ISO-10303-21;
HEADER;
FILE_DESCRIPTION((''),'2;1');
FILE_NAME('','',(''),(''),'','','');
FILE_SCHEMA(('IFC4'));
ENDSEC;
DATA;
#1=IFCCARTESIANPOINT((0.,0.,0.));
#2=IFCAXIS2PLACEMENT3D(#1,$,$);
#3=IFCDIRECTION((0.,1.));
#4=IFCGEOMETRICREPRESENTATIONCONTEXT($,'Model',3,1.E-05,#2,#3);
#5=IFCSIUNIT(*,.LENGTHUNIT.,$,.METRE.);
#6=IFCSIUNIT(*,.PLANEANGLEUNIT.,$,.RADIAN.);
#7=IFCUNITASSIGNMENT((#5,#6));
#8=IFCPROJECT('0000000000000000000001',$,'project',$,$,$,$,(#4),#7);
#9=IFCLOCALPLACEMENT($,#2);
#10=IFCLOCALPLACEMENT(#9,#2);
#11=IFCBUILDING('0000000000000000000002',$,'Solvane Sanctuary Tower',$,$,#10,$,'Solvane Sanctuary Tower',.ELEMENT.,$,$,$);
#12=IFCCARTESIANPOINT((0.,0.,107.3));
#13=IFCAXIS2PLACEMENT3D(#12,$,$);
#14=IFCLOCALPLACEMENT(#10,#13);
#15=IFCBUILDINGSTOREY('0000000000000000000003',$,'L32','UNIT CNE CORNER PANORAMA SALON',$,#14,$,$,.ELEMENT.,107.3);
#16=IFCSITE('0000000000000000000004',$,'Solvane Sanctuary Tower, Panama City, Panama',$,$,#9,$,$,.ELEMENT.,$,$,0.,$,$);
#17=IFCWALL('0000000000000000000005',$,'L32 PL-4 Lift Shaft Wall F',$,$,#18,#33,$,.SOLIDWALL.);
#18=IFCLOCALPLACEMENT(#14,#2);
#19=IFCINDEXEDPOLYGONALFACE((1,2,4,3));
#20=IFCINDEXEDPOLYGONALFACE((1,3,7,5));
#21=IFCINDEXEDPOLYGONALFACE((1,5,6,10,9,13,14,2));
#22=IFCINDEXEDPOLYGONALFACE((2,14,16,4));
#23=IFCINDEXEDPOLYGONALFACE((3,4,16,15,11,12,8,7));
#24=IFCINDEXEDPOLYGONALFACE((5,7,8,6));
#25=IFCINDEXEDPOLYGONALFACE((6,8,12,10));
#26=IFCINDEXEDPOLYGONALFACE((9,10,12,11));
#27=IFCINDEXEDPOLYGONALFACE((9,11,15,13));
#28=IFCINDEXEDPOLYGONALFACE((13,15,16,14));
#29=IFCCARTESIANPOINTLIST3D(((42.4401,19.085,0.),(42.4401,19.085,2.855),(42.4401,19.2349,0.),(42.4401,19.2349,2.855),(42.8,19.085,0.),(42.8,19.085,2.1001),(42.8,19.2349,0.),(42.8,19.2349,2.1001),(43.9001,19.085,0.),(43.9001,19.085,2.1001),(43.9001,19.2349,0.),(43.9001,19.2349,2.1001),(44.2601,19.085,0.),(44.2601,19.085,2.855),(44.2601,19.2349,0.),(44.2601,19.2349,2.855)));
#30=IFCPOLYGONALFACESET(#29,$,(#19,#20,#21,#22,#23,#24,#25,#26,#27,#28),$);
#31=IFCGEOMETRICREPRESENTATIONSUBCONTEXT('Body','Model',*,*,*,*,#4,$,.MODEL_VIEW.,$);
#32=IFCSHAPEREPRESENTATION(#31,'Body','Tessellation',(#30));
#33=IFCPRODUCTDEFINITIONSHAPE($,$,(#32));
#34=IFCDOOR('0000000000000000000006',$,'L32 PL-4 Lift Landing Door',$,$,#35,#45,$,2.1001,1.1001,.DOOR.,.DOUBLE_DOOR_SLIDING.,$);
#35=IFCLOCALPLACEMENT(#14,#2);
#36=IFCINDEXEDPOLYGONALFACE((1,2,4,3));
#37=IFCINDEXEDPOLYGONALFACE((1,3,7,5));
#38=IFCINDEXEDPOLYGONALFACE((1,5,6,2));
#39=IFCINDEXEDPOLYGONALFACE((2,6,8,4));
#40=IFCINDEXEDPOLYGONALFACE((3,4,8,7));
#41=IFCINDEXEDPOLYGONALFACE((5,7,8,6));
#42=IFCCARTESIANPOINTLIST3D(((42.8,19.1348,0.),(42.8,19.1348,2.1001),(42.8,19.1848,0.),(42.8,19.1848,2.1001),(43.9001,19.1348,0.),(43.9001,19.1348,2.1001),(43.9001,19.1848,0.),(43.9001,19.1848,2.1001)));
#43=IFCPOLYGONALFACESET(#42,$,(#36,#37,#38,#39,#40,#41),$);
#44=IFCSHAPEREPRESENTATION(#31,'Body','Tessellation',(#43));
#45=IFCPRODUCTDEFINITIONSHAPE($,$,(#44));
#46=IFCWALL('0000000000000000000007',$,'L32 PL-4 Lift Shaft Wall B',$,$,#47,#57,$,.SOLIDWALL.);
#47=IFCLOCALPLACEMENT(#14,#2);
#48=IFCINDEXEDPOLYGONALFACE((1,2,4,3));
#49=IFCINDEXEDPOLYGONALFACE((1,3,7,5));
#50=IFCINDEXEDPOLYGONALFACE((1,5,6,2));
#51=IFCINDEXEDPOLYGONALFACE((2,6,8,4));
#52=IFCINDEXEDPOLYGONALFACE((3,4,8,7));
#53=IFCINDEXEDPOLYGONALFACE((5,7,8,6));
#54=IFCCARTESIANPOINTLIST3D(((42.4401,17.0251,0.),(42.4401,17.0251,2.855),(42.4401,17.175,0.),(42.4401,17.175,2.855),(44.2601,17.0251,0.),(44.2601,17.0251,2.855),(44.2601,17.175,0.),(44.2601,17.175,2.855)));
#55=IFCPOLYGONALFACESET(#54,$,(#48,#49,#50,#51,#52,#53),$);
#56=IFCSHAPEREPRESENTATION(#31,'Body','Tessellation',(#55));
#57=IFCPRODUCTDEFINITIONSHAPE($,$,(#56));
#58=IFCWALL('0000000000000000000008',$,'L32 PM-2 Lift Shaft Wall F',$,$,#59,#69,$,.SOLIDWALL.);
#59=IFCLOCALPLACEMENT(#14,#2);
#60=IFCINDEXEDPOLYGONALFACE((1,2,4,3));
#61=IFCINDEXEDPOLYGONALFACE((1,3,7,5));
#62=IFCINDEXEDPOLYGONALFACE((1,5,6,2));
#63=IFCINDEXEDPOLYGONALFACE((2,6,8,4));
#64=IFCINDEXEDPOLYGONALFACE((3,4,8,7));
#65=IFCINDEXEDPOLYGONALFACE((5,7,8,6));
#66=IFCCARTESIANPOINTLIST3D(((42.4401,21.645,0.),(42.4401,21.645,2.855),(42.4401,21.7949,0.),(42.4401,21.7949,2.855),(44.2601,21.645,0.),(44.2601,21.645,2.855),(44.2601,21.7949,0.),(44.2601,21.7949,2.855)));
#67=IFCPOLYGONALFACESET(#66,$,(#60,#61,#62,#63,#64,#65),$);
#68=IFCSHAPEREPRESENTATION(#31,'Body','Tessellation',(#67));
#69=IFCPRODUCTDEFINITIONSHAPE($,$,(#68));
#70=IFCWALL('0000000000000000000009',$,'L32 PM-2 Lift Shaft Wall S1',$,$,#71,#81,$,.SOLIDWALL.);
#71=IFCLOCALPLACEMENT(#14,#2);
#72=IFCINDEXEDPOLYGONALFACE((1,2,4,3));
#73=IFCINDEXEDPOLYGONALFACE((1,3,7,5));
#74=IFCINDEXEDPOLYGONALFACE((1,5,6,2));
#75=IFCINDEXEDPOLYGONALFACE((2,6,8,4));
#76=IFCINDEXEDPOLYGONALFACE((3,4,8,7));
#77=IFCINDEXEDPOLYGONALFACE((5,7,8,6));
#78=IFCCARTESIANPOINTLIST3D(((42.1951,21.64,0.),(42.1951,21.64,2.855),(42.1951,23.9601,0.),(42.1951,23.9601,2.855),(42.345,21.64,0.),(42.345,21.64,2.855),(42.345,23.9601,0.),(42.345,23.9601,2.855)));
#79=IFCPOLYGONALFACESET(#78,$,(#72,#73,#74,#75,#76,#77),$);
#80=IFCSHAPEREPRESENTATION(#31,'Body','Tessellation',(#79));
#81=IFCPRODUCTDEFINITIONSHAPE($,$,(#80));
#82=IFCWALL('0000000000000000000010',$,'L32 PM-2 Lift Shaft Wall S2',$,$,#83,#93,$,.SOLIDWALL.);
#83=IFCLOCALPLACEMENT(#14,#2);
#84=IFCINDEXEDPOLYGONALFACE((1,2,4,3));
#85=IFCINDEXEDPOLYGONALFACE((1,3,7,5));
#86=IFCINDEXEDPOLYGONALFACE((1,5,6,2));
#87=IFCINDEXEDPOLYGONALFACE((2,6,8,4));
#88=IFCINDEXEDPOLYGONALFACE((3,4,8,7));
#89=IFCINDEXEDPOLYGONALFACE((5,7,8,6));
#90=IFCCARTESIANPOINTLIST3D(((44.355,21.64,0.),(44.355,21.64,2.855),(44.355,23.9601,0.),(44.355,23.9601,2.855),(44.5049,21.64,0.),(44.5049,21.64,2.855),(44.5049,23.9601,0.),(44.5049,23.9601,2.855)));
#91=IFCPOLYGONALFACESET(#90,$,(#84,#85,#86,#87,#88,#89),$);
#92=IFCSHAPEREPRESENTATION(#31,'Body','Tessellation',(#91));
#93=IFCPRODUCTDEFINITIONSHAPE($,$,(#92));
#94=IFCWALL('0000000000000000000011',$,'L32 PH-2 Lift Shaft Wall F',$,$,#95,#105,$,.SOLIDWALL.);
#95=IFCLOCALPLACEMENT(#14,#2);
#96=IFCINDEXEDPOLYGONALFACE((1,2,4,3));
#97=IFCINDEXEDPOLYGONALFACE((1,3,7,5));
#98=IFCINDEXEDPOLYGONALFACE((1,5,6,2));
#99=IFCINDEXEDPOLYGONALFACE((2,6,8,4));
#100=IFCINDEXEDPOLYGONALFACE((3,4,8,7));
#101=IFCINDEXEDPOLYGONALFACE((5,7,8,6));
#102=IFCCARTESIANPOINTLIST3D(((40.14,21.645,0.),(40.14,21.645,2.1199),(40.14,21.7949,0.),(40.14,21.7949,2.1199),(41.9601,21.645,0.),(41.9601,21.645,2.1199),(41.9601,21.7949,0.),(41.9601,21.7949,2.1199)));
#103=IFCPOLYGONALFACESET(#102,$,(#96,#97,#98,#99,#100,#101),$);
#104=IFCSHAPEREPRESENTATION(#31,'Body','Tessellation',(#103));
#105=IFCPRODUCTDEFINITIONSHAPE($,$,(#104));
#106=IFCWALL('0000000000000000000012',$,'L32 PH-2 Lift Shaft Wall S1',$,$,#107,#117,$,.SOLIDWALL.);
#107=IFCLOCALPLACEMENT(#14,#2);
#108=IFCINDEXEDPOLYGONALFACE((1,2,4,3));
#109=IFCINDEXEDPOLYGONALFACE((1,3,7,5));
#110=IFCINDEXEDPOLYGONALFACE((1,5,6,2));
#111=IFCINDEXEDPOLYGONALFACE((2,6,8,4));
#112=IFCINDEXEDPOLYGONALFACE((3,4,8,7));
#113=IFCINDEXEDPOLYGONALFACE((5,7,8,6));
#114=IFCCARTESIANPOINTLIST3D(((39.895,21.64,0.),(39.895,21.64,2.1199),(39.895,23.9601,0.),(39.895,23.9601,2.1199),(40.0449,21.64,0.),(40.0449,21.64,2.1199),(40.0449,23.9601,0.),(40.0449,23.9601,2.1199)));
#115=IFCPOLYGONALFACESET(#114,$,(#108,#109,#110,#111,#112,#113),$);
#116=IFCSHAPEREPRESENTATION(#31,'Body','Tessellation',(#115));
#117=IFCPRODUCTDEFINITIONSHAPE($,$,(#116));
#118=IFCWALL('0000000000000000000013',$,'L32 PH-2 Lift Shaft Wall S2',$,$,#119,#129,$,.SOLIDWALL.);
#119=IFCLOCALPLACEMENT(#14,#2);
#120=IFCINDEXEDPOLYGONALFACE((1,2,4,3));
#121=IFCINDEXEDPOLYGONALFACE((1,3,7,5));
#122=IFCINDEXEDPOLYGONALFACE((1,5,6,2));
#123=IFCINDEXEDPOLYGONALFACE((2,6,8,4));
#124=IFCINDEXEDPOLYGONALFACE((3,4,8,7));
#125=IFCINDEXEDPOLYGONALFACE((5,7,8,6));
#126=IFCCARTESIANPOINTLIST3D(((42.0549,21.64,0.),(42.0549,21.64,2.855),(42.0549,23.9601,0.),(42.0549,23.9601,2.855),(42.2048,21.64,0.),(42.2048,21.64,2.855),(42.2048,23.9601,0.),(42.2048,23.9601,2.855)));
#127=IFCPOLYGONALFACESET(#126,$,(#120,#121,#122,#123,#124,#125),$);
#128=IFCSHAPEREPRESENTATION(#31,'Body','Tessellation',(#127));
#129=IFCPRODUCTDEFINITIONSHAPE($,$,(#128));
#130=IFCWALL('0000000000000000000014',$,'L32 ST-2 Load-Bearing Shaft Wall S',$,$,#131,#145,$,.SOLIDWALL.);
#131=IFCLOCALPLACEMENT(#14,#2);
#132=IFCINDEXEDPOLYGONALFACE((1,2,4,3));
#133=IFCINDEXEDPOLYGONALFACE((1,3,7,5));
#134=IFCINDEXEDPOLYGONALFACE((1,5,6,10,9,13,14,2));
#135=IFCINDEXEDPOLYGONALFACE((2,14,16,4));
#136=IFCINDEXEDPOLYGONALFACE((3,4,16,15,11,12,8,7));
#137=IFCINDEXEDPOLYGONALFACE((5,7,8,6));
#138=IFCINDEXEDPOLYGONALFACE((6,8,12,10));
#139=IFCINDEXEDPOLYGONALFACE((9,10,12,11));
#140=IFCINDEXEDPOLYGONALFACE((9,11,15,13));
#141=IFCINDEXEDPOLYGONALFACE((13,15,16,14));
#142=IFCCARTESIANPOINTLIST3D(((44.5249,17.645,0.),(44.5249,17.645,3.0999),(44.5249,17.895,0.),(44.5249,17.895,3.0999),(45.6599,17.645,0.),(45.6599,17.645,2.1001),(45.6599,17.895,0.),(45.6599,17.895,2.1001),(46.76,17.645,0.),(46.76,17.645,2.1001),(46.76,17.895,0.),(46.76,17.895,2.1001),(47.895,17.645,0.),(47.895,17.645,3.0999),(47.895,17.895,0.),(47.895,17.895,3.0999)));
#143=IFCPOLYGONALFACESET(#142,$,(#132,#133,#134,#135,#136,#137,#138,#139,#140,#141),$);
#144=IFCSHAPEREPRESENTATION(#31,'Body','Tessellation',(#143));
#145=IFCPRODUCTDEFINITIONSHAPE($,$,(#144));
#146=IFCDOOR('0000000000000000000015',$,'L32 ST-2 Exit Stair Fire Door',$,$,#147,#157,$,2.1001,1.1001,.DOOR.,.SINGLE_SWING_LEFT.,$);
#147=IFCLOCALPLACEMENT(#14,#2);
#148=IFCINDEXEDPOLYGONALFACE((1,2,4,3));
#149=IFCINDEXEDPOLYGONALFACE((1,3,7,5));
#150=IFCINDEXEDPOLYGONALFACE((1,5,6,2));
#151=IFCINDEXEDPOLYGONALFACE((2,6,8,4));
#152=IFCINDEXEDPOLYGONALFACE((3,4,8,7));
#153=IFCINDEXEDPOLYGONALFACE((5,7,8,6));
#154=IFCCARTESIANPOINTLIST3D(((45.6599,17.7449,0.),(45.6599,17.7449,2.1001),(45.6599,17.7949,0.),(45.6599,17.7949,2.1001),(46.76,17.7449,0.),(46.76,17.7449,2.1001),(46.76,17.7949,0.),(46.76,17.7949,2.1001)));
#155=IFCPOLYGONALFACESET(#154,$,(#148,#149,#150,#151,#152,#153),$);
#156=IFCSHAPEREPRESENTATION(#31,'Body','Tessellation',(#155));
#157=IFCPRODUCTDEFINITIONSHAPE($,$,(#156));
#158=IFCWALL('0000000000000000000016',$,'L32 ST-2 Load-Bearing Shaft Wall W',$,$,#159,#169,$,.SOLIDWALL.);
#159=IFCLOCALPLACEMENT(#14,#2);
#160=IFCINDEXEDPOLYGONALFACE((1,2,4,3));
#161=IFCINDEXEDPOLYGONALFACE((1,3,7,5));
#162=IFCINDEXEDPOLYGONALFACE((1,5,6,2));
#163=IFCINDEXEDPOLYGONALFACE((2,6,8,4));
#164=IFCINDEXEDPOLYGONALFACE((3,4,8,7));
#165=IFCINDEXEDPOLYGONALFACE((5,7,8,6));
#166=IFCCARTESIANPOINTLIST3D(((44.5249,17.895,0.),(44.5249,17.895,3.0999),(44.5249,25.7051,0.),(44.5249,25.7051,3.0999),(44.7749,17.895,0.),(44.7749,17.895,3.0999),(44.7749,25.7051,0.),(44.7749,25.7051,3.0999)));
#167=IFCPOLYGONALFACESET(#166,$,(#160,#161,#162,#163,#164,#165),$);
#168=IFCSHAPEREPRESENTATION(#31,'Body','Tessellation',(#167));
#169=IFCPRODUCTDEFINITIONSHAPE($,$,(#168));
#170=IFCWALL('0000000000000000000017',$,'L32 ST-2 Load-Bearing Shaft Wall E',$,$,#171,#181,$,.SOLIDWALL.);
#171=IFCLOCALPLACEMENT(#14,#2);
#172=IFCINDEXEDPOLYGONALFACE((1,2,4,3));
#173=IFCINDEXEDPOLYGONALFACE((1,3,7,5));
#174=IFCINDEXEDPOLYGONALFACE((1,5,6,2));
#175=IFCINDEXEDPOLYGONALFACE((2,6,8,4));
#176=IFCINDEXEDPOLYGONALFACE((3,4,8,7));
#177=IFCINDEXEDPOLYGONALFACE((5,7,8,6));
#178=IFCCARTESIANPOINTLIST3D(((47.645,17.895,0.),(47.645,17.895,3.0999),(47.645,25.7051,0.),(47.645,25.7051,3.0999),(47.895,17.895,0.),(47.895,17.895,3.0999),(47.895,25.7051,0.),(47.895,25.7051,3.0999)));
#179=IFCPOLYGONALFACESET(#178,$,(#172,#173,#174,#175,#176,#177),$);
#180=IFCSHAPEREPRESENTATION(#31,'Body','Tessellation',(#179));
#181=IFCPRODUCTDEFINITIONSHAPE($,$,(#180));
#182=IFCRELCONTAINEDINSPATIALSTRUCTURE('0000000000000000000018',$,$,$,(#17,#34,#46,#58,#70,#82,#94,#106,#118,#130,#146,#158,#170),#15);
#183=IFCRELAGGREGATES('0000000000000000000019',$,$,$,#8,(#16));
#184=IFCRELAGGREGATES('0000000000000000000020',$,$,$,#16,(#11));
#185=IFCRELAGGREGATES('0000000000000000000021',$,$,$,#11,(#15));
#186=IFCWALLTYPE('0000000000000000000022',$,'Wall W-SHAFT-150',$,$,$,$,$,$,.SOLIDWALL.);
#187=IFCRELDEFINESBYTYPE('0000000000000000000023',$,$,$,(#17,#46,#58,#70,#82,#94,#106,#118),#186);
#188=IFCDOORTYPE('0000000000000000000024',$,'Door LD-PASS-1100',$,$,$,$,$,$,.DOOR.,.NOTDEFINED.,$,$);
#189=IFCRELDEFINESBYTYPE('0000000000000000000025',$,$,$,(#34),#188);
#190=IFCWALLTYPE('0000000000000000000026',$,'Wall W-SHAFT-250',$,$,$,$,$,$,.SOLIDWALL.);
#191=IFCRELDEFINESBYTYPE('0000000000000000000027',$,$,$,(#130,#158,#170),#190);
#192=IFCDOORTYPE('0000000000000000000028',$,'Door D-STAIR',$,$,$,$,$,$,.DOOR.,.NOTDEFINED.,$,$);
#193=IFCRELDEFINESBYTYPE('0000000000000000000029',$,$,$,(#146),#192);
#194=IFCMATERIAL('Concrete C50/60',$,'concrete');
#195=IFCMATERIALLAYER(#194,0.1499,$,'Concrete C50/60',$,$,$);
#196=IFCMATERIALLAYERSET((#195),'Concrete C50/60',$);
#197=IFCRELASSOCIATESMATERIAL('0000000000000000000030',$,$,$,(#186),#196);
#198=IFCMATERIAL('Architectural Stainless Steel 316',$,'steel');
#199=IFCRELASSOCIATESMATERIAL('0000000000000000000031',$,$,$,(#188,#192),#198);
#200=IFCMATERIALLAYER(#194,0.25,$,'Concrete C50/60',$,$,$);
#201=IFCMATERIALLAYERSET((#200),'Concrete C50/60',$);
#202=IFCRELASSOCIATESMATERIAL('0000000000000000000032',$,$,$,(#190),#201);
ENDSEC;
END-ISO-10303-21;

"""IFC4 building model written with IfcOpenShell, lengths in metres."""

from ifc_helpers import new_model, si_unit, direction, frame, frame_2d, origin, place, context, subcontext, project, spatial, rectangle, extrude, material, layer, layer_set, type_object, element, fill, save


model = new_model("IFC4")

# Units and contexts
model_context = context("Model", 3, precision=1e-05, world=origin(), true_north=direction((0.0, 1.0)))
body_context = subcontext(model_context, "Body", "Model", "MODEL_VIEW")
ifc_project = project(units=[si_unit("LENGTHUNIT", "METRE"), si_unit("PLANEANGLEUNIT", "RADIAN")], contexts=[model_context])

# Site, building, storey
site_placement = place(None, origin())
site = spatial("IfcSite", under=ifc_project, at=site_placement, Name="Solvane Sanctuary Tower, Panama City, Panama", CompositionType="ELEMENT", RefElevation=0.0)
building_placement = place(site_placement, origin())
building = spatial("IfcBuilding", under=site, at=building_placement, Name="Solvane Sanctuary Tower", LongName="Solvane Sanctuary Tower", CompositionType="ELEMENT")
storey_placement = place(building_placement, frame((0.0, 0.0, 107.3)))
storey = spatial("IfcBuildingStorey", under=building, at=storey_placement, Name="L32", Description="UNIT CNE CORNER PANORAMA SALON", CompositionType="ELEMENT", Elevation=107.3)

# Shared definitions
ifc_material_1 = material(Name="Concrete C50/60", Category="concrete")
ifc_layer_1 = layer(ifc_material_1, 0.1499, Name="Concrete C50/60")
ifc_layer_set_1 = layer_set([ifc_layer_1], Name="Concrete C50/60")
wall_type_1 = type_object("IfcWallType", Name="Wall W-SHAFT-150", PredefinedType="SOLIDWALL", material=ifc_layer_set_1)
ifc_material_2 = material(Name="Architectural Stainless Steel 316", Category="steel")
door_type_1 = type_object("IfcDoorType", Name="Door LD-PASS-1100", OperationType="NOTDEFINED", PredefinedType="DOOR", material=ifc_material_2)

# Wall, opening, door
wall_1_placement = place(storey_placement, frame((42.4399, 19.1599, 0.0), z_axis=(0.0, 0.0, 1.0), x_axis=(1.0, 0.0, 0.0)))
wall_1 = element("IfcWall", 1, at=wall_1_placement, inside=storey, type_object=wall_type_1, Name="L32 PL-4 Lift Shaft Wall F", PredefinedType="SOLIDWALL", context=body_context, shape_type="SweptSolid", body=[
    extrude(rectangle(XDim=1.8201, YDim=0.1499, at=frame_2d((0.9102, 0.0))), origin(), (0.0, 0.0, 1.0), 2.855),
])
opening_1_placement = place(wall_1_placement, frame((0.3601, 0.0, 0.0)))
opening_1 = element("IfcOpeningElement", 2, at=opening_1_placement, cuts=wall_1, PredefinedType="OPENING", context=body_context, shape_type="SweptSolid", body=[
    extrude(rectangle(XDim=1.1001, YDim=2.1001, at=frame_2d((0.55, 1.05))), frame((0.0, 0.085, 0.0), z_axis=(0.0, -1.0, 0.0), x_axis=(1.0, 0.0, 0.0)), (0.0, 0.0, 1.0), 0.1699),
])
door_1_placement = place(opening_1_placement, origin())
door_1 = element("IfcDoor", 3, at=door_1_placement, inside=storey, type_object=door_type_1, Name="L32 PL-4 Lift Landing Door", OperationType="DOUBLE_DOOR_SLIDING", OverallHeight=2.1001, OverallWidth=1.1001, PredefinedType="DOOR", context=body_context, shape_type="SweptSolid", body=[
    extrude(rectangle(XDim=1.1001, YDim=2.1001, at=frame_2d((0.55, 1.05))), frame((0.0, 0.0249, 0.0), z_axis=(0.0, -1.0, 0.0), x_axis=(1.0, 0.0, 0.0)), (0.0, 0.0, 1.0), 0.05),
])
fill(opening_1, door_1)

# Walls
for number, where, z_axis, x_axis, name in (
    (4, (42.4399, 17.1001, 0.0), (0.0, 0.0, 1.0), (1.0, 0.0, 0.0), "L32 PL-4 Lift Shaft Wall B"),
    (5, (42.4399, 21.72, 0.0), (0.0, 0.0, 1.0), (1.0, 0.0, 0.0), "L32 PM-2 Lift Shaft Wall F"),
):
    element("IfcWall", number, at=place(storey_placement, frame(where, z_axis=z_axis, x_axis=x_axis)), inside=storey, type_object=wall_type_1, Name=name, PredefinedType="SOLIDWALL", context=body_context, shape_type="SweptSolid", body=[
        extrude(rectangle(XDim=1.8201, YDim=0.1499, at=frame_2d((0.9102, 0.0))), origin(), (0.0, 0.0, 1.0), 2.855),
    ])
for number, where, z_axis, x_axis, name in (
    (6, (42.27, 21.6399, 0.0), (0.0, 0.0, 1.0), (0.0, 1.0, 0.0), "L32 PM-2 Lift Shaft Wall S1"),
    (7, (44.4299, 21.6399, 0.0), (0.0, 0.0, 1.0), (0.0, 1.0, 0.0), "L32 PM-2 Lift Shaft Wall S2"),
):
    element("IfcWall", number, at=place(storey_placement, frame(where, z_axis=z_axis, x_axis=x_axis)), inside=storey, type_object=wall_type_1, Name=name, PredefinedType="SOLIDWALL", context=body_context, shape_type="SweptSolid", body=[
        extrude(rectangle(XDim=2.3201, YDim=0.1499, at=frame_2d((1.1602, 0.0))), origin(), (0.0, 0.0, 1.0), 2.855),
    ])
wall_2_placement = place(storey_placement, frame((40.1399, 21.72, 0.0), z_axis=(0.0, 0.0, 1.0), x_axis=(1.0, 0.0, 0.0)))
element("IfcWall", 8, at=wall_2_placement, inside=storey, type_object=wall_type_1, Name="L32 PH-2 Lift Shaft Wall F", PredefinedType="SOLIDWALL", context=body_context, shape_type="SweptSolid", body=[
    extrude(rectangle(XDim=1.8201, YDim=0.1499, at=frame_2d((0.9102, 0.0))), origin(), (0.0, 0.0, 1.0), 2.1199),
])
wall_3_placement = place(storey_placement, frame((39.97, 21.6399, 0.0), z_axis=(0.0, 0.0, 1.0), x_axis=(0.0, 1.0, 0.0)))
element("IfcWall", 9, at=wall_3_placement, inside=storey, type_object=wall_type_1, Name="L32 PH-2 Lift Shaft Wall S1", PredefinedType="SOLIDWALL", context=body_context, shape_type="SweptSolid", body=[
    extrude(rectangle(XDim=2.3201, YDim=0.1499, at=frame_2d((1.1602, 0.0))), origin(), (0.0, 0.0, 1.0), 2.1199),
])
wall_4_placement = place(storey_placement, frame((42.1299, 21.6399, 0.0), z_axis=(0.0, 0.0, 1.0), x_axis=(0.0, 1.0, 0.0)))
element("IfcWall", 10, at=wall_4_placement, inside=storey, type_object=wall_type_1, Name="L32 PH-2 Lift Shaft Wall S2", PredefinedType="SOLIDWALL", context=body_context, shape_type="SweptSolid", body=[
    extrude(rectangle(XDim=2.3201, YDim=0.1499, at=frame_2d((1.1602, 0.0))), origin(), (0.0, 0.0, 1.0), 2.855),
])

# Wall, opening, door
ifc_layer_2 = layer(ifc_material_1, 0.25, Name="Concrete C50/60")
ifc_layer_set_2 = layer_set([ifc_layer_2], Name="Concrete C50/60")
wall_type_2 = type_object("IfcWallType", Name="Wall W-SHAFT-250", PredefinedType="SOLIDWALL", material=ifc_layer_set_2)
wall_5_placement = place(storey_placement, frame((44.5249, 17.77, 0.0), z_axis=(0.0, 0.0, 1.0), x_axis=(1.0, 0.0, 0.0)))
wall_5 = element("IfcWall", 11, at=wall_5_placement, inside=storey, type_object=wall_type_2, Name="L32 ST-2 Load-Bearing Shaft Wall S", PredefinedType="SOLIDWALL", context=body_context, shape_type="SweptSolid", body=[
    extrude(rectangle(XDim=3.3701, YDim=0.25, at=frame_2d((1.6851, 0.0))), origin(), (0.0, 0.0, 1.0), 3.0999),
])
opening_2_placement = place(wall_5_placement, frame((1.135, 0.0, 0.0)))
opening_2 = element("IfcOpeningElement", 12, at=opening_2_placement, cuts=wall_5, PredefinedType="OPENING", context=body_context, shape_type="SweptSolid", body=[
    extrude(rectangle(XDim=1.1001, YDim=2.1001, at=frame_2d((0.55, 1.05))), frame((0.0, 0.135, 0.0), z_axis=(0.0, -1.0, 0.0), x_axis=(1.0, 0.0, 0.0)), (0.0, 0.0, 1.0), 0.27),
])
door_type_2 = type_object("IfcDoorType", Name="Door D-STAIR", OperationType="NOTDEFINED", PredefinedType="DOOR", material=ifc_material_2)
door_2_placement = place(opening_2_placement, origin())
door_2 = element("IfcDoor", 13, at=door_2_placement, inside=storey, type_object=door_type_2, Name="L32 ST-2 Exit Stair Fire Door", OperationType="SINGLE_SWING_LEFT", OverallHeight=2.1001, OverallWidth=1.1001, PredefinedType="DOOR", context=body_context, shape_type="SweptSolid", body=[
    extrude(rectangle(XDim=1.1001, YDim=2.1001, at=frame_2d((0.55, 1.05))), frame((0.0, 0.0249, 0.0), z_axis=(0.0, -1.0, 0.0), x_axis=(1.0, 0.0, 0.0)), (0.0, 0.0, 1.0), 0.05),
])
fill(opening_2, door_2)

# Walls
for number, where, z_axis, x_axis, name in (
    (14, (44.6499, 17.895, 0.0), (0.0, 0.0, 1.0), (0.0, 1.0, 0.0), "L32 ST-2 Load-Bearing Shaft Wall W"),
    (15, (47.77, 17.895, 0.0), (0.0, 0.0, 1.0), (0.0, 1.0, 0.0), "L32 ST-2 Load-Bearing Shaft Wall E"),
):
    element("IfcWall", number, at=place(storey_placement, frame(where, z_axis=z_axis, x_axis=x_axis)), inside=storey, type_object=wall_type_2, Name=name, PredefinedType="SOLIDWALL", context=body_context, shape_type="SweptSolid", body=[
        extrude(rectangle(XDim=7.8101, YDim=0.25, at=frame_2d((3.905, 0.0))), origin(), (0.0, 0.0, 1.0), 3.0999),
    ])

save(model, "model.ifc")
